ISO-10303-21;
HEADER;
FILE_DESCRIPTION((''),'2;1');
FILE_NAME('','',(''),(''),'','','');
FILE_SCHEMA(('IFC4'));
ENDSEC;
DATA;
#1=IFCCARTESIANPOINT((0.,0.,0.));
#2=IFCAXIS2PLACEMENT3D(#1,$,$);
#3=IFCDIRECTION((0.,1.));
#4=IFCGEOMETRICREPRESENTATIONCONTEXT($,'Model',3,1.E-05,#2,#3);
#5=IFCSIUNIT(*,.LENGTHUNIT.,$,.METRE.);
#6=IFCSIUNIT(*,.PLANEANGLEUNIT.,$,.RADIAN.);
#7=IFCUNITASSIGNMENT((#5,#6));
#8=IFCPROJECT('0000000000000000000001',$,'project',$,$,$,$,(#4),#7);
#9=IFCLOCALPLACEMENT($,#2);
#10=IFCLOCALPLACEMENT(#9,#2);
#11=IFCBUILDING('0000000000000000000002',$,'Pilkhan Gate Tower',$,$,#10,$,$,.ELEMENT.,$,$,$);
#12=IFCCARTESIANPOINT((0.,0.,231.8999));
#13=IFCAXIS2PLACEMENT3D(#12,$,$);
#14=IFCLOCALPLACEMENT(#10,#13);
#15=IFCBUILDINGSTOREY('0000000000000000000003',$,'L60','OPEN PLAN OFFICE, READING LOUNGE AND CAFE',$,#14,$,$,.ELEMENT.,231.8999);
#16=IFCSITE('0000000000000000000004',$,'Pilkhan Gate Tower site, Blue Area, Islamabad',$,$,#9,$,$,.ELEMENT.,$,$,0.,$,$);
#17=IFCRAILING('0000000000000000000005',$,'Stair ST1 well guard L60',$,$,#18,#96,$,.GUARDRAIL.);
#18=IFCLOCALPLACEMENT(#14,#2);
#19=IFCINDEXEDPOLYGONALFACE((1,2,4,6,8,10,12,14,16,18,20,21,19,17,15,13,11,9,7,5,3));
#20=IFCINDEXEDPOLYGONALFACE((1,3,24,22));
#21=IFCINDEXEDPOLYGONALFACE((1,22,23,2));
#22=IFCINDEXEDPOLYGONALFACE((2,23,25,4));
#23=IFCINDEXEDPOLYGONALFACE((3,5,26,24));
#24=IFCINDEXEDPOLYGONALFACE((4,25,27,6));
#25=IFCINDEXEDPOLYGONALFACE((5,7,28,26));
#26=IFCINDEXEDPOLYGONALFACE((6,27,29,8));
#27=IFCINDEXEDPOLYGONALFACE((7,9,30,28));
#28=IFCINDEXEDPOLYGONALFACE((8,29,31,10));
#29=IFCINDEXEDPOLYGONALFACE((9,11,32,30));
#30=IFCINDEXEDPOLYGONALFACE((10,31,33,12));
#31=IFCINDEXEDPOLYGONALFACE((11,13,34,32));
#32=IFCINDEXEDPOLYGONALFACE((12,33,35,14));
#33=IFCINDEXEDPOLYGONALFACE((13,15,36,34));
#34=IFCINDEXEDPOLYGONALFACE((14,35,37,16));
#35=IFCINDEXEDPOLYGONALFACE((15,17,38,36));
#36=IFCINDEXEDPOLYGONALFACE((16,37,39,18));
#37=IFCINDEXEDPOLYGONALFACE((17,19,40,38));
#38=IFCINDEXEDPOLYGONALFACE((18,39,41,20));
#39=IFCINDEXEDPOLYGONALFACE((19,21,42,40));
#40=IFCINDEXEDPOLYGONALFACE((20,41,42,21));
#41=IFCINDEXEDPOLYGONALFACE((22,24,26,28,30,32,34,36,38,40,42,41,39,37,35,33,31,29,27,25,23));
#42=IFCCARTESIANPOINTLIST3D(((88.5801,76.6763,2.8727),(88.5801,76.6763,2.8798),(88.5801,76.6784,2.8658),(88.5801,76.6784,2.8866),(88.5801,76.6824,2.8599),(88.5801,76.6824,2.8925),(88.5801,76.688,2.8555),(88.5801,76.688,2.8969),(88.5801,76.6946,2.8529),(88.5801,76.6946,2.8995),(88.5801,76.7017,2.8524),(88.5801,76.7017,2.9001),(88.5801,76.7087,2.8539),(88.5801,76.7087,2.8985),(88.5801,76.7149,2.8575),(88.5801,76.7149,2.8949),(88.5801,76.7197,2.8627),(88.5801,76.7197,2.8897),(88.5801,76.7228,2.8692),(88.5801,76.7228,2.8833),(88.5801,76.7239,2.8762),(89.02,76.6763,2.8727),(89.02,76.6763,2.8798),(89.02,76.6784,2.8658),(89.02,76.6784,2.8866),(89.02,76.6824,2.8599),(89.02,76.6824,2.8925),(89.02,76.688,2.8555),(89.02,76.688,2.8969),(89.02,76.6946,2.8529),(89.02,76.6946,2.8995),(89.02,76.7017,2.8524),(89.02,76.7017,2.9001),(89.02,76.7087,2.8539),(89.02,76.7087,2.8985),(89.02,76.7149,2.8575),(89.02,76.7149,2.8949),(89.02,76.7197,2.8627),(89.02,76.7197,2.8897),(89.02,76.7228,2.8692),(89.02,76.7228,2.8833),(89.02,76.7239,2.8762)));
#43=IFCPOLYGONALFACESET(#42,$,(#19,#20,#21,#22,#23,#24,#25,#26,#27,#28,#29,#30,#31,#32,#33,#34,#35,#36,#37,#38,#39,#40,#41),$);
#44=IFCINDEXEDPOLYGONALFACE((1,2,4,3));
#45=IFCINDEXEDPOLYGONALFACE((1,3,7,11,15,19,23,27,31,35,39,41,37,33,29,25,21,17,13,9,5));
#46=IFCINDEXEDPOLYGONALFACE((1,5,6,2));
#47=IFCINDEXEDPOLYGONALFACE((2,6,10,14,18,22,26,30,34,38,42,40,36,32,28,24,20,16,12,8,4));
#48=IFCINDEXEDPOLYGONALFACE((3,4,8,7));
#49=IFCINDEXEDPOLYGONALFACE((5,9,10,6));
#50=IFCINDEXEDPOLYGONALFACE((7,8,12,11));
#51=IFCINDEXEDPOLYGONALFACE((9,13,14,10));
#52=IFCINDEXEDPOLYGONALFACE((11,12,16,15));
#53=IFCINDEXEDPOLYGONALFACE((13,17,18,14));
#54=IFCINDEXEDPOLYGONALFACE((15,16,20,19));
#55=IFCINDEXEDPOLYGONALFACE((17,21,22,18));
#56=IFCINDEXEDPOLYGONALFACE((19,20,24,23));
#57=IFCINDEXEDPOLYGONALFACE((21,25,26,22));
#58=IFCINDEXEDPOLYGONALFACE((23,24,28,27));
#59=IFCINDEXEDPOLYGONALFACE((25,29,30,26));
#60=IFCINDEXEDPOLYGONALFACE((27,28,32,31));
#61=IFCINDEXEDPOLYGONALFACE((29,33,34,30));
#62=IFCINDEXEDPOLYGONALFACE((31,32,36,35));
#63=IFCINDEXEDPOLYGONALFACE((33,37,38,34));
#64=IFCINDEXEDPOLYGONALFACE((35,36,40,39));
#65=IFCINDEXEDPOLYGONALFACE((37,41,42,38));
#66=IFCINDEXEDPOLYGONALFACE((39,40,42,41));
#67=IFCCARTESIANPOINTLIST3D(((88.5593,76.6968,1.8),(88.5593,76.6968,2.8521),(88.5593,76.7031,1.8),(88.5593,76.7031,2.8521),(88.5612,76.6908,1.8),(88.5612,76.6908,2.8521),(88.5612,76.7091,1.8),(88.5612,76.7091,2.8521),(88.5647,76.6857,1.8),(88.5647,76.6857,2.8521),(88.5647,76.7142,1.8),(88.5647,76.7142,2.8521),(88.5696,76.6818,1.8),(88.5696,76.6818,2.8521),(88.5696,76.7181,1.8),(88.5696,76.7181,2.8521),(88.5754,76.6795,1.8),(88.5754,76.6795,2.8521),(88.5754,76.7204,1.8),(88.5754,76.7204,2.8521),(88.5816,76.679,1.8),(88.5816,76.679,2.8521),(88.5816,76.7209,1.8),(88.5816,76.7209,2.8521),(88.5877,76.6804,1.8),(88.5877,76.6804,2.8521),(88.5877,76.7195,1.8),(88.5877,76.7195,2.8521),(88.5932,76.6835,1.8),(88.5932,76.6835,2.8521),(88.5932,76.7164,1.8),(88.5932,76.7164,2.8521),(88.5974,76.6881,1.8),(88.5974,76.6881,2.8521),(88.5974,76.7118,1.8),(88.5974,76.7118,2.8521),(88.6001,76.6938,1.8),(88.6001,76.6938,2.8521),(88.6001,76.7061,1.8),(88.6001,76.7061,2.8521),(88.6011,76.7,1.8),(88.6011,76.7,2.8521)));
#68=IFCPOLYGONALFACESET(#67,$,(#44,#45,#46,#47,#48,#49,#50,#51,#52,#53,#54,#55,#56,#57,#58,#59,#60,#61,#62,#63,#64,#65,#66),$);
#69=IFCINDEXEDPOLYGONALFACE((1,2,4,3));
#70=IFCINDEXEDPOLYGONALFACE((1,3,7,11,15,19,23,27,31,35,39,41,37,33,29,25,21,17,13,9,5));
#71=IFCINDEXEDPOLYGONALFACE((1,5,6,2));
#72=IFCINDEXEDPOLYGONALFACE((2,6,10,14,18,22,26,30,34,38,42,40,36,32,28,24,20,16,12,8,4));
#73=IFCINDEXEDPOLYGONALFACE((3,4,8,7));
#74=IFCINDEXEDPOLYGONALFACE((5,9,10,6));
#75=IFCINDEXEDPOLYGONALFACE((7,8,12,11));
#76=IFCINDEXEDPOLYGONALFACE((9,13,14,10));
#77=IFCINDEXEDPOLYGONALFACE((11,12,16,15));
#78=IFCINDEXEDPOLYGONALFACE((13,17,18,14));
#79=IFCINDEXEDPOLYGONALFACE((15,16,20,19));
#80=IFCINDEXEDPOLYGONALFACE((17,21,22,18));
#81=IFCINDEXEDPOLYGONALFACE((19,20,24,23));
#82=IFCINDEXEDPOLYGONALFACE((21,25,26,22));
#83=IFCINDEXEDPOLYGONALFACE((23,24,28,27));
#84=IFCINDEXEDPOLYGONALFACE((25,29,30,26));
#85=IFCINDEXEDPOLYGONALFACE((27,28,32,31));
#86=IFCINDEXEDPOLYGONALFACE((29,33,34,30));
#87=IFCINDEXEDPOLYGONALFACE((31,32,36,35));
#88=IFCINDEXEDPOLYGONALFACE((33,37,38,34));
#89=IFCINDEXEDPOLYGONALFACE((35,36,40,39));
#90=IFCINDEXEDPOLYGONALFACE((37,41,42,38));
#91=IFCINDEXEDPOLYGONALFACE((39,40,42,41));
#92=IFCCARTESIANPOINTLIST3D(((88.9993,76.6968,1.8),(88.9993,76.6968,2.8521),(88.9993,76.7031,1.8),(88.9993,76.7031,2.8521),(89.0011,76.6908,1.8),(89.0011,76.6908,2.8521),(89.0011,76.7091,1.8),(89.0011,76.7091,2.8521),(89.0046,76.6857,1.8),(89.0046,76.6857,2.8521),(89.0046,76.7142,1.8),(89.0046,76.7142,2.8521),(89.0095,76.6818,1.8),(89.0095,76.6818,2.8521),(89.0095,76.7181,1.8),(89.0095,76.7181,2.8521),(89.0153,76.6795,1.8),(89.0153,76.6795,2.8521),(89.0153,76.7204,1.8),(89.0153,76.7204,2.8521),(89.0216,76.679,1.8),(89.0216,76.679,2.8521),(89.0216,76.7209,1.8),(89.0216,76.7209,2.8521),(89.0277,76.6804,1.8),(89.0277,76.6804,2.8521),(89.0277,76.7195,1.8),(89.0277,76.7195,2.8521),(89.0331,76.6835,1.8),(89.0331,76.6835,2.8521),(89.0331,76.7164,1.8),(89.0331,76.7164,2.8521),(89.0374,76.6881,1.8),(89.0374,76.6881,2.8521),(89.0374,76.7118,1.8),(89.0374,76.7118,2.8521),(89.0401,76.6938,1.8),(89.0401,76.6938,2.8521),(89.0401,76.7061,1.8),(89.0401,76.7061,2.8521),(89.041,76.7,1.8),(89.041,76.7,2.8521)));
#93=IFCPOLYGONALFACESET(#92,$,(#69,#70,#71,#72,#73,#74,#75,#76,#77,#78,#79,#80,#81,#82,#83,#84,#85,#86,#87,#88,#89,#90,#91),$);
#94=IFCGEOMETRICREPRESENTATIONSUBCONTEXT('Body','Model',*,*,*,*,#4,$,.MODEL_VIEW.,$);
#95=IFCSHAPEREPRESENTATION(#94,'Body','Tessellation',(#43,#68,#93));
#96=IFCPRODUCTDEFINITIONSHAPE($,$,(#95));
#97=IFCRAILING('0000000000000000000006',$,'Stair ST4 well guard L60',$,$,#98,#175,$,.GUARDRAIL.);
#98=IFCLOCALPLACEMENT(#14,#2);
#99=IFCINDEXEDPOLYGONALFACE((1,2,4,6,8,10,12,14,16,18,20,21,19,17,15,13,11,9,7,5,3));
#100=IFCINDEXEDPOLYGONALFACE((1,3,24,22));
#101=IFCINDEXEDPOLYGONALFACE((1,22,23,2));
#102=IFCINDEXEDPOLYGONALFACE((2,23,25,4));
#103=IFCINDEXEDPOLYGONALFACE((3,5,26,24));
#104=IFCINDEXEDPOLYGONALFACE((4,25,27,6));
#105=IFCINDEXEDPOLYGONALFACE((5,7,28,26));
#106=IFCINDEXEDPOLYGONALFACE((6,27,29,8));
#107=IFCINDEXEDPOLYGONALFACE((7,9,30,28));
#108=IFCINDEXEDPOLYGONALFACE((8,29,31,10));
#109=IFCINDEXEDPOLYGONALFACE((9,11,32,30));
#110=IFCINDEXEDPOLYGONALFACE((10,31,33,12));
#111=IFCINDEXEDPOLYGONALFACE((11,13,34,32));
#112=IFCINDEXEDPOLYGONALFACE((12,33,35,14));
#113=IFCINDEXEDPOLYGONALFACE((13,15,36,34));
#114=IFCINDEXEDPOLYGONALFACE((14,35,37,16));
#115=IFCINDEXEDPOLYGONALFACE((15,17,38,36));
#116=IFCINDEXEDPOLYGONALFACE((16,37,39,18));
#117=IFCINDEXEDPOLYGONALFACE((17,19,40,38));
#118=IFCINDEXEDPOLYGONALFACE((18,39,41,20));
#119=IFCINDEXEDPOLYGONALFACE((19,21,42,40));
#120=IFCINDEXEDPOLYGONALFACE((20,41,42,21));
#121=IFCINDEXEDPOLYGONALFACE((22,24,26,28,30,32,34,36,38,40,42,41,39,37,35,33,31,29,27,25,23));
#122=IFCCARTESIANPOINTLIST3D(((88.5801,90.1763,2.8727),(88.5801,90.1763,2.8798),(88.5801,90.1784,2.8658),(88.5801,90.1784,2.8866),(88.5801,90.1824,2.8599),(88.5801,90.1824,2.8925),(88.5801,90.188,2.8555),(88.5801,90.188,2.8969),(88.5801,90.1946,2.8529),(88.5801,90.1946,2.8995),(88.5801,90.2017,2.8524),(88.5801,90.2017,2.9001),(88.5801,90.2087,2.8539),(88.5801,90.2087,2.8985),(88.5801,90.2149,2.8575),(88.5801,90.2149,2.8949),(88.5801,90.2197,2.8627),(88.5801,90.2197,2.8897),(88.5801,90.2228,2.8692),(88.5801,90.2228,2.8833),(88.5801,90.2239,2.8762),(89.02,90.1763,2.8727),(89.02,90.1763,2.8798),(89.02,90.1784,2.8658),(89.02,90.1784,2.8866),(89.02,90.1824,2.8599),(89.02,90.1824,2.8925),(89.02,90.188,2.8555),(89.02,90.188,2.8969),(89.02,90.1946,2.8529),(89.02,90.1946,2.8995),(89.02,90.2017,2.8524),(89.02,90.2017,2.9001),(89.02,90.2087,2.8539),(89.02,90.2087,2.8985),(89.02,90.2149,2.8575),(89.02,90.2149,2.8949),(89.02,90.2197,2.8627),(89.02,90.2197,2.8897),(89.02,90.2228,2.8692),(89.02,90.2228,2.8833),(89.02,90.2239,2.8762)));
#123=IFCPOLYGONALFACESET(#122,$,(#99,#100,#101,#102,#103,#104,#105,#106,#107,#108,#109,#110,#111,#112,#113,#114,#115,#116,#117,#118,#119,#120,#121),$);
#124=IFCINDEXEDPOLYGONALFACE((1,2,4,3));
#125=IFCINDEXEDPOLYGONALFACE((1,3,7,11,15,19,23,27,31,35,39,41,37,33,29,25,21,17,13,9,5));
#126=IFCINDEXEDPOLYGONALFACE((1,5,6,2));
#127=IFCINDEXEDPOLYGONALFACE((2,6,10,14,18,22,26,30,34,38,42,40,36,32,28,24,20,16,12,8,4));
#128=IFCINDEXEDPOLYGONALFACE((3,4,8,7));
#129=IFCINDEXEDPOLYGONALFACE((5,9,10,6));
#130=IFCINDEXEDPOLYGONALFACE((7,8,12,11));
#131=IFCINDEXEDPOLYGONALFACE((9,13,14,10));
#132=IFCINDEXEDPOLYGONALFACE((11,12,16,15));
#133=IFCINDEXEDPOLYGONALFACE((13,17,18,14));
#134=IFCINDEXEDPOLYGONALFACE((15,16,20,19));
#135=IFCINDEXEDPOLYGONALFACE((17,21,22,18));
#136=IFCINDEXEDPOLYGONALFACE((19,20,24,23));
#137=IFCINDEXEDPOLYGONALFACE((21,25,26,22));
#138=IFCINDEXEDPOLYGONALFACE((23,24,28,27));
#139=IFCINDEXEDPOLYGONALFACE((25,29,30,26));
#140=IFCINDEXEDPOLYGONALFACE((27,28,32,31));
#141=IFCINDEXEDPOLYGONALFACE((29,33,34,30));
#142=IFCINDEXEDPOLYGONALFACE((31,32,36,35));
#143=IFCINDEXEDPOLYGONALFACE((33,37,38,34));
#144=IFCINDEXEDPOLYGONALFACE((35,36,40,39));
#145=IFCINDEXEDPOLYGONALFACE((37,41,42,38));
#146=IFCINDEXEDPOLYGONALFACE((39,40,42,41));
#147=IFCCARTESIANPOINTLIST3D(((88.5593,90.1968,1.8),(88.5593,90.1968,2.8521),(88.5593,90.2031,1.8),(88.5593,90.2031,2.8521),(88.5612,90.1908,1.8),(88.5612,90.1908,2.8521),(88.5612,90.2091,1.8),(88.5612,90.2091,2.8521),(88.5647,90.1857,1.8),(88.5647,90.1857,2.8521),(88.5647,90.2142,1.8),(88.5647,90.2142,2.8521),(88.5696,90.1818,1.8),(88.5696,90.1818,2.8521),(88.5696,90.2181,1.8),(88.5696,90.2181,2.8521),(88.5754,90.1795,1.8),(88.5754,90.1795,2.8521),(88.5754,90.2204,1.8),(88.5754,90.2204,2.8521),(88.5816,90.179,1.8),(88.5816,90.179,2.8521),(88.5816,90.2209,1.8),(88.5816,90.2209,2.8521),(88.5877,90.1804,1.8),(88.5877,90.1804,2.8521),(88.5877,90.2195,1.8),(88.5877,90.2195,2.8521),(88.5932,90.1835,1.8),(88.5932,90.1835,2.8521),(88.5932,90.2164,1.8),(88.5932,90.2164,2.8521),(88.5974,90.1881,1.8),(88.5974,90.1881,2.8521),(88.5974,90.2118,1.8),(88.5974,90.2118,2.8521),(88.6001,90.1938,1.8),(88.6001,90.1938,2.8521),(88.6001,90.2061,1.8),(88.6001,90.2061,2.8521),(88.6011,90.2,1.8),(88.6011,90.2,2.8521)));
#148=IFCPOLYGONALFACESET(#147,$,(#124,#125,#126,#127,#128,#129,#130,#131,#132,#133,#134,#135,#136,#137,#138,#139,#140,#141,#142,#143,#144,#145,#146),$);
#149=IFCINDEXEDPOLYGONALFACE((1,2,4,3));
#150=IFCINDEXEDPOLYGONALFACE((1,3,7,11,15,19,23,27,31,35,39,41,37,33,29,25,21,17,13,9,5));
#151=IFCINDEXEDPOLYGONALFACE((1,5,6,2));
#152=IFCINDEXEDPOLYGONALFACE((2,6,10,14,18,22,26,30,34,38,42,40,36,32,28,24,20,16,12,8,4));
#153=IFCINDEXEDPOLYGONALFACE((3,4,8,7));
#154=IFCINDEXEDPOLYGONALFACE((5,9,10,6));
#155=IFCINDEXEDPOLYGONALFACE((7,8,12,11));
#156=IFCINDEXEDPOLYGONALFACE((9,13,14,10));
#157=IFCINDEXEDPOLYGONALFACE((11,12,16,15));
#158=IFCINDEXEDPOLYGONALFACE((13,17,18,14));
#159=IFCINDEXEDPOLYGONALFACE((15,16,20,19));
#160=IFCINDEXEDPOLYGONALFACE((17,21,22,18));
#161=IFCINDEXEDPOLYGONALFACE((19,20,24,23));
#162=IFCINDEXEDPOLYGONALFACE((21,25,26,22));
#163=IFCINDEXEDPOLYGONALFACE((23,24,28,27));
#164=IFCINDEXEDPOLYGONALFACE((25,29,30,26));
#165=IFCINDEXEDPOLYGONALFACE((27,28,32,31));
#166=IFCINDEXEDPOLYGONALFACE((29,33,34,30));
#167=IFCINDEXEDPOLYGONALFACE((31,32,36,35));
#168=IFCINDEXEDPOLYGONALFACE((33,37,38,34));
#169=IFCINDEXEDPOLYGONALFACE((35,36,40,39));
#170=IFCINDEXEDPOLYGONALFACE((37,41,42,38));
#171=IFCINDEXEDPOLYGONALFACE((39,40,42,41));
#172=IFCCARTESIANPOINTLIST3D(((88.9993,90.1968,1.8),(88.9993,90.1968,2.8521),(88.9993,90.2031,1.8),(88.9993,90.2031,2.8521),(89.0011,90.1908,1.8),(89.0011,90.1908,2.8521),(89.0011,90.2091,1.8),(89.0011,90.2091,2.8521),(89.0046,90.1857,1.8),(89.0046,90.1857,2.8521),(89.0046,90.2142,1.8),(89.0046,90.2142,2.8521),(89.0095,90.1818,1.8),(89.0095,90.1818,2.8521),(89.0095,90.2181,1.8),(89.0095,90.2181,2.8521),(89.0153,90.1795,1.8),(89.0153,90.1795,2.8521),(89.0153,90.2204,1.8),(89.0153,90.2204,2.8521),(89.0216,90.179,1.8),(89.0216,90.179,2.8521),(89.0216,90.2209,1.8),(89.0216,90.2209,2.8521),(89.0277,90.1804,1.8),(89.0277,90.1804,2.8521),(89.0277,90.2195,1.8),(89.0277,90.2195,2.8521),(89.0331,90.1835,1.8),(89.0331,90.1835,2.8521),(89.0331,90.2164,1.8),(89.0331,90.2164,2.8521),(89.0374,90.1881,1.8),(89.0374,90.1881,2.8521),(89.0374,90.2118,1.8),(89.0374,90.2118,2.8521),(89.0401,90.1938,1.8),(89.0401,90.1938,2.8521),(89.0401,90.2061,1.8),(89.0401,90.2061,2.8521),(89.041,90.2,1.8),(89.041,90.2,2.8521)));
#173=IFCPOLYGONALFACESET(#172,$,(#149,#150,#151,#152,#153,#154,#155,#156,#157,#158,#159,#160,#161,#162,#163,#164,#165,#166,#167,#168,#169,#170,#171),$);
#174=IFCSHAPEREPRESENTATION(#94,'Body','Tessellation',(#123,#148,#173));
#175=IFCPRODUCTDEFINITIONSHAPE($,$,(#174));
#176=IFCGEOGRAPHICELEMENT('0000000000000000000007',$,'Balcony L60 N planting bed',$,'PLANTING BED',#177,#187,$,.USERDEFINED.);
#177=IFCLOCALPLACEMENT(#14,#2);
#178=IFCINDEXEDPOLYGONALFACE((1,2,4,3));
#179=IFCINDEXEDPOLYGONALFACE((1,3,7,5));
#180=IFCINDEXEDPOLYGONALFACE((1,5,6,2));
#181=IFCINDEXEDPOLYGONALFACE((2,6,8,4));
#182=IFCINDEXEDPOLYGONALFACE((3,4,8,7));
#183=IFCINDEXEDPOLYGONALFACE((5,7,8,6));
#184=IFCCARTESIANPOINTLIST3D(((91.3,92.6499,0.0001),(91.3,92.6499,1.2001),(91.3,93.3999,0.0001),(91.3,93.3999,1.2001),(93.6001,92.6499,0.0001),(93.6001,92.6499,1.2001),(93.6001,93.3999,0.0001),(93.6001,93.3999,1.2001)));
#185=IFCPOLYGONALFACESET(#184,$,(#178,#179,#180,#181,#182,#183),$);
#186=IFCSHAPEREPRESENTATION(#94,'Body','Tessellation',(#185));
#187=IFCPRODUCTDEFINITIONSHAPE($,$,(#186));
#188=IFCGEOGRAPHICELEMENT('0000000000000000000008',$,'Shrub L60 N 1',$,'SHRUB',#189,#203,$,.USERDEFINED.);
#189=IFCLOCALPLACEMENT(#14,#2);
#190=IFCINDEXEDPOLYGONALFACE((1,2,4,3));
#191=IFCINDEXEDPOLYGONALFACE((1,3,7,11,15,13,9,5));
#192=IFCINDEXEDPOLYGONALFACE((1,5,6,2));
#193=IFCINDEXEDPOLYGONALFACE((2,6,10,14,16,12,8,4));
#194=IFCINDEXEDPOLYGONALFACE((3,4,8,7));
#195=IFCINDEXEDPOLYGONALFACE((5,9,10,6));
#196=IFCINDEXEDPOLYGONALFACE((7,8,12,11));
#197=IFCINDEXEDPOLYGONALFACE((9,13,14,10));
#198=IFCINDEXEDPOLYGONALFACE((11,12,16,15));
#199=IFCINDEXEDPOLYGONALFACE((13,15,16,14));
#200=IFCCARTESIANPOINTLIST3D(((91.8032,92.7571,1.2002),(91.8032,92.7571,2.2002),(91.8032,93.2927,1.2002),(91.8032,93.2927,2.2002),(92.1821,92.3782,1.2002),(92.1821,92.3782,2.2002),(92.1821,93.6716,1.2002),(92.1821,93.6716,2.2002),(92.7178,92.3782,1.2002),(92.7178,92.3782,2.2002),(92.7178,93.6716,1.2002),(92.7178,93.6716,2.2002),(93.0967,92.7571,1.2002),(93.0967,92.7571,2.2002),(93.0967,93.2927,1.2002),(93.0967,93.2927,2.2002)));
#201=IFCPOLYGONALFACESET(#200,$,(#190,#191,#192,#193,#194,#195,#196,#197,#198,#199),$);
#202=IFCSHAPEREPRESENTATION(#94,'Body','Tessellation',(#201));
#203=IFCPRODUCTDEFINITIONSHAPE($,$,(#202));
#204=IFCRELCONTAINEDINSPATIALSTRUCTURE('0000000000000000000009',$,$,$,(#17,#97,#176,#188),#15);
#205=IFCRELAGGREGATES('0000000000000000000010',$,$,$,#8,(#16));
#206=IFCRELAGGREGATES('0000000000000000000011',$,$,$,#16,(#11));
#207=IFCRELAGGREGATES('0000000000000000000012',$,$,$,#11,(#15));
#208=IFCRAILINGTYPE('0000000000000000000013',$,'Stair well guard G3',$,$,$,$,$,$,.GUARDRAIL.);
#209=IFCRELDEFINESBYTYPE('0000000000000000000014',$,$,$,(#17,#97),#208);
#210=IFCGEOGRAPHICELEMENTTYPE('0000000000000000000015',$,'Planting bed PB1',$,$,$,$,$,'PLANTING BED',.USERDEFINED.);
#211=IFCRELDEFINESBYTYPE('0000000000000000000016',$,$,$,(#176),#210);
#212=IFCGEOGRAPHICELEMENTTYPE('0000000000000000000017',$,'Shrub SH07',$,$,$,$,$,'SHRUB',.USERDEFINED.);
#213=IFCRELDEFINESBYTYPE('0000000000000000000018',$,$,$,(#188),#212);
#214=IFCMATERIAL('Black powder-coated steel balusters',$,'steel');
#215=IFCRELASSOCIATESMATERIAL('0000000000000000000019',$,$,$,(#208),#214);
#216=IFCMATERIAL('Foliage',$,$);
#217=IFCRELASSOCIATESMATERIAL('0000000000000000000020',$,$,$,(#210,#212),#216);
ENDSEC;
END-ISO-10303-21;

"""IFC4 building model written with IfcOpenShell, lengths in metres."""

from ifc_helpers import new_model, si_unit, direction, frame, origin, origin_2d, place, context, subcontext, project, spatial, polyline, rectangle, circle, outline, extrude, material, material_profile, profile_set, type_object, element, save


model = new_model("IFC4")

# Units and contexts
model_context = context("Model", 3, precision=1e-05, world=origin(), true_north=direction((0.0, 1.0)))
body_context = subcontext(model_context, "Body", "Model", "MODEL_VIEW")
ifc_project = project(units=[si_unit("LENGTHUNIT", "METRE"), si_unit("PLANEANGLEUNIT", "RADIAN")], contexts=[model_context])

# Site, building, storey
site_placement = place(None, origin())
site = spatial("IfcSite", under=ifc_project, at=site_placement, Name="Pilkhan Gate Tower site, Blue Area, Islamabad", CompositionType="ELEMENT", RefElevation=0.0)
building_placement = place(site_placement, origin())
building = spatial("IfcBuilding", under=site, at=building_placement, Name="Pilkhan Gate Tower", CompositionType="ELEMENT")
storey_placement = place(building_placement, frame((0.0, 0.0, 231.8999)))
storey = spatial("IfcBuildingStorey", under=building, at=storey_placement, Name="L60", Description="OPEN PLAN OFFICE, READING LOUNGE AND CAFE", CompositionType="ELEMENT", Elevation=231.8999)

# Railings
ifc_material_1 = material(Name="Black powder-coated steel balusters", Category="steel")
railing_type_1 = type_object("IfcRailingType", Name="Stair well guard G3", PredefinedType="GUARDRAIL", material=ifc_material_1)
for number, where, name in (
    (1, (88.5801, 76.7, 1.8), "Stair ST1 well guard L60"),
    (2, (88.5801, 90.2, 1.8), "Stair ST4 well guard L60"),
):
    element("IfcRailing", number, at=place(storey_placement, frame(where)), inside=storey, type_object=railing_type_1, Name=name, PredefinedType="GUARDRAIL", context=body_context, shape_type="SweptSolid", body=[
        extrude(circle(Radius=0.0239, at=origin_2d()), frame((0.0, 0.0, 1.0762), z_axis=(1.0, 0.0, 0.0), x_axis=(0.0, 1.0, 0.0)), (0.0, 0.0, 1.0), 0.4399),
        extrude(circle(Radius=0.021, at=origin_2d()), origin(), (0.0, 0.0, 1.0), 1.052),
        extrude(circle(Radius=0.021, at=origin_2d()), frame((0.4399, 0.0, 0.0)), (0.0, 0.0, 1.0), 1.052),
    ])

# Geographic elements
ifc_material_2 = material(Name="Foliage")
ifc_material_profile_1 = material_profile(ifc_material_2, rectangle(XDim=0.75, YDim=1.2, at=origin_2d()), Name="Bed 750x1200")
ifc_profile_set_1 = profile_set([ifc_material_profile_1], Name="Foliage")
geographic_element_type_1 = type_object("IfcGeographicElementType", Name="Planting bed PB1", ElementType="PLANTING BED", PredefinedType="USERDEFINED", material=ifc_profile_set_1)
geographic_element_1_placement = place(storey_placement, frame((91.3, 93.0249, 0.6001), z_axis=(1.0, 0.0, 0.0), x_axis=(0.0, 1.0, 0.0)))
element("IfcGeographicElement", 3, at=geographic_element_1_placement, inside=storey, type_object=geographic_element_type_1, Name="Balcony L60 N planting bed", ObjectType="PLANTING BED", PredefinedType="USERDEFINED", context=body_context, shape_type="SweptSolid", body=[
    extrude(rectangle(XDim=0.75, YDim=1.2, at=origin_2d()), origin(), (0.0, 0.0, 1.0), 2.3),
])
ifc_material_profile_2 = material_profile(ifc_material_2, outline(polyline([(0.6467, 0.2678), (0.2678, 0.6467), (-0.2678, 0.6467), (-0.6467, 0.2678), (-0.6467, -0.2678), (-0.2678, -0.6467), (0.2678, -0.6467), (0.6467, -0.2678), (0.6467, 0.2678)])), Name="Shrub D1.4")
ifc_profile_set_2 = profile_set([ifc_material_profile_2], Name="Foliage")
geographic_element_type_2 = type_object("IfcGeographicElementType", Name="Shrub SH07", ElementType="SHRUB", PredefinedType="USERDEFINED", material=ifc_profile_set_2)
geographic_element_2_placement = place(storey_placement, frame((92.45, 93.0249, 1.2002), z_axis=(0.0, 0.0, 1.0), x_axis=(1.0, 0.0, 0.0)))
element("IfcGeographicElement", 4, at=geographic_element_2_placement, inside=storey, type_object=geographic_element_type_2, Name="Shrub L60 N 1", ObjectType="SHRUB", PredefinedType="USERDEFINED", context=body_context, shape_type="SweptSolid", body=[
    extrude(outline(polyline([(0.6467, 0.2678), (0.2678, 0.6467), (-0.2678, 0.6467), (-0.6467, 0.2678), (-0.6467, -0.2678), (-0.2678, -0.6467), (0.2678, -0.6467), (0.6467, -0.2678), (0.6467, 0.2678)])), origin(), (0.0, 0.0, 1.0), 1.0),
])

save(model, "model.ifc")
